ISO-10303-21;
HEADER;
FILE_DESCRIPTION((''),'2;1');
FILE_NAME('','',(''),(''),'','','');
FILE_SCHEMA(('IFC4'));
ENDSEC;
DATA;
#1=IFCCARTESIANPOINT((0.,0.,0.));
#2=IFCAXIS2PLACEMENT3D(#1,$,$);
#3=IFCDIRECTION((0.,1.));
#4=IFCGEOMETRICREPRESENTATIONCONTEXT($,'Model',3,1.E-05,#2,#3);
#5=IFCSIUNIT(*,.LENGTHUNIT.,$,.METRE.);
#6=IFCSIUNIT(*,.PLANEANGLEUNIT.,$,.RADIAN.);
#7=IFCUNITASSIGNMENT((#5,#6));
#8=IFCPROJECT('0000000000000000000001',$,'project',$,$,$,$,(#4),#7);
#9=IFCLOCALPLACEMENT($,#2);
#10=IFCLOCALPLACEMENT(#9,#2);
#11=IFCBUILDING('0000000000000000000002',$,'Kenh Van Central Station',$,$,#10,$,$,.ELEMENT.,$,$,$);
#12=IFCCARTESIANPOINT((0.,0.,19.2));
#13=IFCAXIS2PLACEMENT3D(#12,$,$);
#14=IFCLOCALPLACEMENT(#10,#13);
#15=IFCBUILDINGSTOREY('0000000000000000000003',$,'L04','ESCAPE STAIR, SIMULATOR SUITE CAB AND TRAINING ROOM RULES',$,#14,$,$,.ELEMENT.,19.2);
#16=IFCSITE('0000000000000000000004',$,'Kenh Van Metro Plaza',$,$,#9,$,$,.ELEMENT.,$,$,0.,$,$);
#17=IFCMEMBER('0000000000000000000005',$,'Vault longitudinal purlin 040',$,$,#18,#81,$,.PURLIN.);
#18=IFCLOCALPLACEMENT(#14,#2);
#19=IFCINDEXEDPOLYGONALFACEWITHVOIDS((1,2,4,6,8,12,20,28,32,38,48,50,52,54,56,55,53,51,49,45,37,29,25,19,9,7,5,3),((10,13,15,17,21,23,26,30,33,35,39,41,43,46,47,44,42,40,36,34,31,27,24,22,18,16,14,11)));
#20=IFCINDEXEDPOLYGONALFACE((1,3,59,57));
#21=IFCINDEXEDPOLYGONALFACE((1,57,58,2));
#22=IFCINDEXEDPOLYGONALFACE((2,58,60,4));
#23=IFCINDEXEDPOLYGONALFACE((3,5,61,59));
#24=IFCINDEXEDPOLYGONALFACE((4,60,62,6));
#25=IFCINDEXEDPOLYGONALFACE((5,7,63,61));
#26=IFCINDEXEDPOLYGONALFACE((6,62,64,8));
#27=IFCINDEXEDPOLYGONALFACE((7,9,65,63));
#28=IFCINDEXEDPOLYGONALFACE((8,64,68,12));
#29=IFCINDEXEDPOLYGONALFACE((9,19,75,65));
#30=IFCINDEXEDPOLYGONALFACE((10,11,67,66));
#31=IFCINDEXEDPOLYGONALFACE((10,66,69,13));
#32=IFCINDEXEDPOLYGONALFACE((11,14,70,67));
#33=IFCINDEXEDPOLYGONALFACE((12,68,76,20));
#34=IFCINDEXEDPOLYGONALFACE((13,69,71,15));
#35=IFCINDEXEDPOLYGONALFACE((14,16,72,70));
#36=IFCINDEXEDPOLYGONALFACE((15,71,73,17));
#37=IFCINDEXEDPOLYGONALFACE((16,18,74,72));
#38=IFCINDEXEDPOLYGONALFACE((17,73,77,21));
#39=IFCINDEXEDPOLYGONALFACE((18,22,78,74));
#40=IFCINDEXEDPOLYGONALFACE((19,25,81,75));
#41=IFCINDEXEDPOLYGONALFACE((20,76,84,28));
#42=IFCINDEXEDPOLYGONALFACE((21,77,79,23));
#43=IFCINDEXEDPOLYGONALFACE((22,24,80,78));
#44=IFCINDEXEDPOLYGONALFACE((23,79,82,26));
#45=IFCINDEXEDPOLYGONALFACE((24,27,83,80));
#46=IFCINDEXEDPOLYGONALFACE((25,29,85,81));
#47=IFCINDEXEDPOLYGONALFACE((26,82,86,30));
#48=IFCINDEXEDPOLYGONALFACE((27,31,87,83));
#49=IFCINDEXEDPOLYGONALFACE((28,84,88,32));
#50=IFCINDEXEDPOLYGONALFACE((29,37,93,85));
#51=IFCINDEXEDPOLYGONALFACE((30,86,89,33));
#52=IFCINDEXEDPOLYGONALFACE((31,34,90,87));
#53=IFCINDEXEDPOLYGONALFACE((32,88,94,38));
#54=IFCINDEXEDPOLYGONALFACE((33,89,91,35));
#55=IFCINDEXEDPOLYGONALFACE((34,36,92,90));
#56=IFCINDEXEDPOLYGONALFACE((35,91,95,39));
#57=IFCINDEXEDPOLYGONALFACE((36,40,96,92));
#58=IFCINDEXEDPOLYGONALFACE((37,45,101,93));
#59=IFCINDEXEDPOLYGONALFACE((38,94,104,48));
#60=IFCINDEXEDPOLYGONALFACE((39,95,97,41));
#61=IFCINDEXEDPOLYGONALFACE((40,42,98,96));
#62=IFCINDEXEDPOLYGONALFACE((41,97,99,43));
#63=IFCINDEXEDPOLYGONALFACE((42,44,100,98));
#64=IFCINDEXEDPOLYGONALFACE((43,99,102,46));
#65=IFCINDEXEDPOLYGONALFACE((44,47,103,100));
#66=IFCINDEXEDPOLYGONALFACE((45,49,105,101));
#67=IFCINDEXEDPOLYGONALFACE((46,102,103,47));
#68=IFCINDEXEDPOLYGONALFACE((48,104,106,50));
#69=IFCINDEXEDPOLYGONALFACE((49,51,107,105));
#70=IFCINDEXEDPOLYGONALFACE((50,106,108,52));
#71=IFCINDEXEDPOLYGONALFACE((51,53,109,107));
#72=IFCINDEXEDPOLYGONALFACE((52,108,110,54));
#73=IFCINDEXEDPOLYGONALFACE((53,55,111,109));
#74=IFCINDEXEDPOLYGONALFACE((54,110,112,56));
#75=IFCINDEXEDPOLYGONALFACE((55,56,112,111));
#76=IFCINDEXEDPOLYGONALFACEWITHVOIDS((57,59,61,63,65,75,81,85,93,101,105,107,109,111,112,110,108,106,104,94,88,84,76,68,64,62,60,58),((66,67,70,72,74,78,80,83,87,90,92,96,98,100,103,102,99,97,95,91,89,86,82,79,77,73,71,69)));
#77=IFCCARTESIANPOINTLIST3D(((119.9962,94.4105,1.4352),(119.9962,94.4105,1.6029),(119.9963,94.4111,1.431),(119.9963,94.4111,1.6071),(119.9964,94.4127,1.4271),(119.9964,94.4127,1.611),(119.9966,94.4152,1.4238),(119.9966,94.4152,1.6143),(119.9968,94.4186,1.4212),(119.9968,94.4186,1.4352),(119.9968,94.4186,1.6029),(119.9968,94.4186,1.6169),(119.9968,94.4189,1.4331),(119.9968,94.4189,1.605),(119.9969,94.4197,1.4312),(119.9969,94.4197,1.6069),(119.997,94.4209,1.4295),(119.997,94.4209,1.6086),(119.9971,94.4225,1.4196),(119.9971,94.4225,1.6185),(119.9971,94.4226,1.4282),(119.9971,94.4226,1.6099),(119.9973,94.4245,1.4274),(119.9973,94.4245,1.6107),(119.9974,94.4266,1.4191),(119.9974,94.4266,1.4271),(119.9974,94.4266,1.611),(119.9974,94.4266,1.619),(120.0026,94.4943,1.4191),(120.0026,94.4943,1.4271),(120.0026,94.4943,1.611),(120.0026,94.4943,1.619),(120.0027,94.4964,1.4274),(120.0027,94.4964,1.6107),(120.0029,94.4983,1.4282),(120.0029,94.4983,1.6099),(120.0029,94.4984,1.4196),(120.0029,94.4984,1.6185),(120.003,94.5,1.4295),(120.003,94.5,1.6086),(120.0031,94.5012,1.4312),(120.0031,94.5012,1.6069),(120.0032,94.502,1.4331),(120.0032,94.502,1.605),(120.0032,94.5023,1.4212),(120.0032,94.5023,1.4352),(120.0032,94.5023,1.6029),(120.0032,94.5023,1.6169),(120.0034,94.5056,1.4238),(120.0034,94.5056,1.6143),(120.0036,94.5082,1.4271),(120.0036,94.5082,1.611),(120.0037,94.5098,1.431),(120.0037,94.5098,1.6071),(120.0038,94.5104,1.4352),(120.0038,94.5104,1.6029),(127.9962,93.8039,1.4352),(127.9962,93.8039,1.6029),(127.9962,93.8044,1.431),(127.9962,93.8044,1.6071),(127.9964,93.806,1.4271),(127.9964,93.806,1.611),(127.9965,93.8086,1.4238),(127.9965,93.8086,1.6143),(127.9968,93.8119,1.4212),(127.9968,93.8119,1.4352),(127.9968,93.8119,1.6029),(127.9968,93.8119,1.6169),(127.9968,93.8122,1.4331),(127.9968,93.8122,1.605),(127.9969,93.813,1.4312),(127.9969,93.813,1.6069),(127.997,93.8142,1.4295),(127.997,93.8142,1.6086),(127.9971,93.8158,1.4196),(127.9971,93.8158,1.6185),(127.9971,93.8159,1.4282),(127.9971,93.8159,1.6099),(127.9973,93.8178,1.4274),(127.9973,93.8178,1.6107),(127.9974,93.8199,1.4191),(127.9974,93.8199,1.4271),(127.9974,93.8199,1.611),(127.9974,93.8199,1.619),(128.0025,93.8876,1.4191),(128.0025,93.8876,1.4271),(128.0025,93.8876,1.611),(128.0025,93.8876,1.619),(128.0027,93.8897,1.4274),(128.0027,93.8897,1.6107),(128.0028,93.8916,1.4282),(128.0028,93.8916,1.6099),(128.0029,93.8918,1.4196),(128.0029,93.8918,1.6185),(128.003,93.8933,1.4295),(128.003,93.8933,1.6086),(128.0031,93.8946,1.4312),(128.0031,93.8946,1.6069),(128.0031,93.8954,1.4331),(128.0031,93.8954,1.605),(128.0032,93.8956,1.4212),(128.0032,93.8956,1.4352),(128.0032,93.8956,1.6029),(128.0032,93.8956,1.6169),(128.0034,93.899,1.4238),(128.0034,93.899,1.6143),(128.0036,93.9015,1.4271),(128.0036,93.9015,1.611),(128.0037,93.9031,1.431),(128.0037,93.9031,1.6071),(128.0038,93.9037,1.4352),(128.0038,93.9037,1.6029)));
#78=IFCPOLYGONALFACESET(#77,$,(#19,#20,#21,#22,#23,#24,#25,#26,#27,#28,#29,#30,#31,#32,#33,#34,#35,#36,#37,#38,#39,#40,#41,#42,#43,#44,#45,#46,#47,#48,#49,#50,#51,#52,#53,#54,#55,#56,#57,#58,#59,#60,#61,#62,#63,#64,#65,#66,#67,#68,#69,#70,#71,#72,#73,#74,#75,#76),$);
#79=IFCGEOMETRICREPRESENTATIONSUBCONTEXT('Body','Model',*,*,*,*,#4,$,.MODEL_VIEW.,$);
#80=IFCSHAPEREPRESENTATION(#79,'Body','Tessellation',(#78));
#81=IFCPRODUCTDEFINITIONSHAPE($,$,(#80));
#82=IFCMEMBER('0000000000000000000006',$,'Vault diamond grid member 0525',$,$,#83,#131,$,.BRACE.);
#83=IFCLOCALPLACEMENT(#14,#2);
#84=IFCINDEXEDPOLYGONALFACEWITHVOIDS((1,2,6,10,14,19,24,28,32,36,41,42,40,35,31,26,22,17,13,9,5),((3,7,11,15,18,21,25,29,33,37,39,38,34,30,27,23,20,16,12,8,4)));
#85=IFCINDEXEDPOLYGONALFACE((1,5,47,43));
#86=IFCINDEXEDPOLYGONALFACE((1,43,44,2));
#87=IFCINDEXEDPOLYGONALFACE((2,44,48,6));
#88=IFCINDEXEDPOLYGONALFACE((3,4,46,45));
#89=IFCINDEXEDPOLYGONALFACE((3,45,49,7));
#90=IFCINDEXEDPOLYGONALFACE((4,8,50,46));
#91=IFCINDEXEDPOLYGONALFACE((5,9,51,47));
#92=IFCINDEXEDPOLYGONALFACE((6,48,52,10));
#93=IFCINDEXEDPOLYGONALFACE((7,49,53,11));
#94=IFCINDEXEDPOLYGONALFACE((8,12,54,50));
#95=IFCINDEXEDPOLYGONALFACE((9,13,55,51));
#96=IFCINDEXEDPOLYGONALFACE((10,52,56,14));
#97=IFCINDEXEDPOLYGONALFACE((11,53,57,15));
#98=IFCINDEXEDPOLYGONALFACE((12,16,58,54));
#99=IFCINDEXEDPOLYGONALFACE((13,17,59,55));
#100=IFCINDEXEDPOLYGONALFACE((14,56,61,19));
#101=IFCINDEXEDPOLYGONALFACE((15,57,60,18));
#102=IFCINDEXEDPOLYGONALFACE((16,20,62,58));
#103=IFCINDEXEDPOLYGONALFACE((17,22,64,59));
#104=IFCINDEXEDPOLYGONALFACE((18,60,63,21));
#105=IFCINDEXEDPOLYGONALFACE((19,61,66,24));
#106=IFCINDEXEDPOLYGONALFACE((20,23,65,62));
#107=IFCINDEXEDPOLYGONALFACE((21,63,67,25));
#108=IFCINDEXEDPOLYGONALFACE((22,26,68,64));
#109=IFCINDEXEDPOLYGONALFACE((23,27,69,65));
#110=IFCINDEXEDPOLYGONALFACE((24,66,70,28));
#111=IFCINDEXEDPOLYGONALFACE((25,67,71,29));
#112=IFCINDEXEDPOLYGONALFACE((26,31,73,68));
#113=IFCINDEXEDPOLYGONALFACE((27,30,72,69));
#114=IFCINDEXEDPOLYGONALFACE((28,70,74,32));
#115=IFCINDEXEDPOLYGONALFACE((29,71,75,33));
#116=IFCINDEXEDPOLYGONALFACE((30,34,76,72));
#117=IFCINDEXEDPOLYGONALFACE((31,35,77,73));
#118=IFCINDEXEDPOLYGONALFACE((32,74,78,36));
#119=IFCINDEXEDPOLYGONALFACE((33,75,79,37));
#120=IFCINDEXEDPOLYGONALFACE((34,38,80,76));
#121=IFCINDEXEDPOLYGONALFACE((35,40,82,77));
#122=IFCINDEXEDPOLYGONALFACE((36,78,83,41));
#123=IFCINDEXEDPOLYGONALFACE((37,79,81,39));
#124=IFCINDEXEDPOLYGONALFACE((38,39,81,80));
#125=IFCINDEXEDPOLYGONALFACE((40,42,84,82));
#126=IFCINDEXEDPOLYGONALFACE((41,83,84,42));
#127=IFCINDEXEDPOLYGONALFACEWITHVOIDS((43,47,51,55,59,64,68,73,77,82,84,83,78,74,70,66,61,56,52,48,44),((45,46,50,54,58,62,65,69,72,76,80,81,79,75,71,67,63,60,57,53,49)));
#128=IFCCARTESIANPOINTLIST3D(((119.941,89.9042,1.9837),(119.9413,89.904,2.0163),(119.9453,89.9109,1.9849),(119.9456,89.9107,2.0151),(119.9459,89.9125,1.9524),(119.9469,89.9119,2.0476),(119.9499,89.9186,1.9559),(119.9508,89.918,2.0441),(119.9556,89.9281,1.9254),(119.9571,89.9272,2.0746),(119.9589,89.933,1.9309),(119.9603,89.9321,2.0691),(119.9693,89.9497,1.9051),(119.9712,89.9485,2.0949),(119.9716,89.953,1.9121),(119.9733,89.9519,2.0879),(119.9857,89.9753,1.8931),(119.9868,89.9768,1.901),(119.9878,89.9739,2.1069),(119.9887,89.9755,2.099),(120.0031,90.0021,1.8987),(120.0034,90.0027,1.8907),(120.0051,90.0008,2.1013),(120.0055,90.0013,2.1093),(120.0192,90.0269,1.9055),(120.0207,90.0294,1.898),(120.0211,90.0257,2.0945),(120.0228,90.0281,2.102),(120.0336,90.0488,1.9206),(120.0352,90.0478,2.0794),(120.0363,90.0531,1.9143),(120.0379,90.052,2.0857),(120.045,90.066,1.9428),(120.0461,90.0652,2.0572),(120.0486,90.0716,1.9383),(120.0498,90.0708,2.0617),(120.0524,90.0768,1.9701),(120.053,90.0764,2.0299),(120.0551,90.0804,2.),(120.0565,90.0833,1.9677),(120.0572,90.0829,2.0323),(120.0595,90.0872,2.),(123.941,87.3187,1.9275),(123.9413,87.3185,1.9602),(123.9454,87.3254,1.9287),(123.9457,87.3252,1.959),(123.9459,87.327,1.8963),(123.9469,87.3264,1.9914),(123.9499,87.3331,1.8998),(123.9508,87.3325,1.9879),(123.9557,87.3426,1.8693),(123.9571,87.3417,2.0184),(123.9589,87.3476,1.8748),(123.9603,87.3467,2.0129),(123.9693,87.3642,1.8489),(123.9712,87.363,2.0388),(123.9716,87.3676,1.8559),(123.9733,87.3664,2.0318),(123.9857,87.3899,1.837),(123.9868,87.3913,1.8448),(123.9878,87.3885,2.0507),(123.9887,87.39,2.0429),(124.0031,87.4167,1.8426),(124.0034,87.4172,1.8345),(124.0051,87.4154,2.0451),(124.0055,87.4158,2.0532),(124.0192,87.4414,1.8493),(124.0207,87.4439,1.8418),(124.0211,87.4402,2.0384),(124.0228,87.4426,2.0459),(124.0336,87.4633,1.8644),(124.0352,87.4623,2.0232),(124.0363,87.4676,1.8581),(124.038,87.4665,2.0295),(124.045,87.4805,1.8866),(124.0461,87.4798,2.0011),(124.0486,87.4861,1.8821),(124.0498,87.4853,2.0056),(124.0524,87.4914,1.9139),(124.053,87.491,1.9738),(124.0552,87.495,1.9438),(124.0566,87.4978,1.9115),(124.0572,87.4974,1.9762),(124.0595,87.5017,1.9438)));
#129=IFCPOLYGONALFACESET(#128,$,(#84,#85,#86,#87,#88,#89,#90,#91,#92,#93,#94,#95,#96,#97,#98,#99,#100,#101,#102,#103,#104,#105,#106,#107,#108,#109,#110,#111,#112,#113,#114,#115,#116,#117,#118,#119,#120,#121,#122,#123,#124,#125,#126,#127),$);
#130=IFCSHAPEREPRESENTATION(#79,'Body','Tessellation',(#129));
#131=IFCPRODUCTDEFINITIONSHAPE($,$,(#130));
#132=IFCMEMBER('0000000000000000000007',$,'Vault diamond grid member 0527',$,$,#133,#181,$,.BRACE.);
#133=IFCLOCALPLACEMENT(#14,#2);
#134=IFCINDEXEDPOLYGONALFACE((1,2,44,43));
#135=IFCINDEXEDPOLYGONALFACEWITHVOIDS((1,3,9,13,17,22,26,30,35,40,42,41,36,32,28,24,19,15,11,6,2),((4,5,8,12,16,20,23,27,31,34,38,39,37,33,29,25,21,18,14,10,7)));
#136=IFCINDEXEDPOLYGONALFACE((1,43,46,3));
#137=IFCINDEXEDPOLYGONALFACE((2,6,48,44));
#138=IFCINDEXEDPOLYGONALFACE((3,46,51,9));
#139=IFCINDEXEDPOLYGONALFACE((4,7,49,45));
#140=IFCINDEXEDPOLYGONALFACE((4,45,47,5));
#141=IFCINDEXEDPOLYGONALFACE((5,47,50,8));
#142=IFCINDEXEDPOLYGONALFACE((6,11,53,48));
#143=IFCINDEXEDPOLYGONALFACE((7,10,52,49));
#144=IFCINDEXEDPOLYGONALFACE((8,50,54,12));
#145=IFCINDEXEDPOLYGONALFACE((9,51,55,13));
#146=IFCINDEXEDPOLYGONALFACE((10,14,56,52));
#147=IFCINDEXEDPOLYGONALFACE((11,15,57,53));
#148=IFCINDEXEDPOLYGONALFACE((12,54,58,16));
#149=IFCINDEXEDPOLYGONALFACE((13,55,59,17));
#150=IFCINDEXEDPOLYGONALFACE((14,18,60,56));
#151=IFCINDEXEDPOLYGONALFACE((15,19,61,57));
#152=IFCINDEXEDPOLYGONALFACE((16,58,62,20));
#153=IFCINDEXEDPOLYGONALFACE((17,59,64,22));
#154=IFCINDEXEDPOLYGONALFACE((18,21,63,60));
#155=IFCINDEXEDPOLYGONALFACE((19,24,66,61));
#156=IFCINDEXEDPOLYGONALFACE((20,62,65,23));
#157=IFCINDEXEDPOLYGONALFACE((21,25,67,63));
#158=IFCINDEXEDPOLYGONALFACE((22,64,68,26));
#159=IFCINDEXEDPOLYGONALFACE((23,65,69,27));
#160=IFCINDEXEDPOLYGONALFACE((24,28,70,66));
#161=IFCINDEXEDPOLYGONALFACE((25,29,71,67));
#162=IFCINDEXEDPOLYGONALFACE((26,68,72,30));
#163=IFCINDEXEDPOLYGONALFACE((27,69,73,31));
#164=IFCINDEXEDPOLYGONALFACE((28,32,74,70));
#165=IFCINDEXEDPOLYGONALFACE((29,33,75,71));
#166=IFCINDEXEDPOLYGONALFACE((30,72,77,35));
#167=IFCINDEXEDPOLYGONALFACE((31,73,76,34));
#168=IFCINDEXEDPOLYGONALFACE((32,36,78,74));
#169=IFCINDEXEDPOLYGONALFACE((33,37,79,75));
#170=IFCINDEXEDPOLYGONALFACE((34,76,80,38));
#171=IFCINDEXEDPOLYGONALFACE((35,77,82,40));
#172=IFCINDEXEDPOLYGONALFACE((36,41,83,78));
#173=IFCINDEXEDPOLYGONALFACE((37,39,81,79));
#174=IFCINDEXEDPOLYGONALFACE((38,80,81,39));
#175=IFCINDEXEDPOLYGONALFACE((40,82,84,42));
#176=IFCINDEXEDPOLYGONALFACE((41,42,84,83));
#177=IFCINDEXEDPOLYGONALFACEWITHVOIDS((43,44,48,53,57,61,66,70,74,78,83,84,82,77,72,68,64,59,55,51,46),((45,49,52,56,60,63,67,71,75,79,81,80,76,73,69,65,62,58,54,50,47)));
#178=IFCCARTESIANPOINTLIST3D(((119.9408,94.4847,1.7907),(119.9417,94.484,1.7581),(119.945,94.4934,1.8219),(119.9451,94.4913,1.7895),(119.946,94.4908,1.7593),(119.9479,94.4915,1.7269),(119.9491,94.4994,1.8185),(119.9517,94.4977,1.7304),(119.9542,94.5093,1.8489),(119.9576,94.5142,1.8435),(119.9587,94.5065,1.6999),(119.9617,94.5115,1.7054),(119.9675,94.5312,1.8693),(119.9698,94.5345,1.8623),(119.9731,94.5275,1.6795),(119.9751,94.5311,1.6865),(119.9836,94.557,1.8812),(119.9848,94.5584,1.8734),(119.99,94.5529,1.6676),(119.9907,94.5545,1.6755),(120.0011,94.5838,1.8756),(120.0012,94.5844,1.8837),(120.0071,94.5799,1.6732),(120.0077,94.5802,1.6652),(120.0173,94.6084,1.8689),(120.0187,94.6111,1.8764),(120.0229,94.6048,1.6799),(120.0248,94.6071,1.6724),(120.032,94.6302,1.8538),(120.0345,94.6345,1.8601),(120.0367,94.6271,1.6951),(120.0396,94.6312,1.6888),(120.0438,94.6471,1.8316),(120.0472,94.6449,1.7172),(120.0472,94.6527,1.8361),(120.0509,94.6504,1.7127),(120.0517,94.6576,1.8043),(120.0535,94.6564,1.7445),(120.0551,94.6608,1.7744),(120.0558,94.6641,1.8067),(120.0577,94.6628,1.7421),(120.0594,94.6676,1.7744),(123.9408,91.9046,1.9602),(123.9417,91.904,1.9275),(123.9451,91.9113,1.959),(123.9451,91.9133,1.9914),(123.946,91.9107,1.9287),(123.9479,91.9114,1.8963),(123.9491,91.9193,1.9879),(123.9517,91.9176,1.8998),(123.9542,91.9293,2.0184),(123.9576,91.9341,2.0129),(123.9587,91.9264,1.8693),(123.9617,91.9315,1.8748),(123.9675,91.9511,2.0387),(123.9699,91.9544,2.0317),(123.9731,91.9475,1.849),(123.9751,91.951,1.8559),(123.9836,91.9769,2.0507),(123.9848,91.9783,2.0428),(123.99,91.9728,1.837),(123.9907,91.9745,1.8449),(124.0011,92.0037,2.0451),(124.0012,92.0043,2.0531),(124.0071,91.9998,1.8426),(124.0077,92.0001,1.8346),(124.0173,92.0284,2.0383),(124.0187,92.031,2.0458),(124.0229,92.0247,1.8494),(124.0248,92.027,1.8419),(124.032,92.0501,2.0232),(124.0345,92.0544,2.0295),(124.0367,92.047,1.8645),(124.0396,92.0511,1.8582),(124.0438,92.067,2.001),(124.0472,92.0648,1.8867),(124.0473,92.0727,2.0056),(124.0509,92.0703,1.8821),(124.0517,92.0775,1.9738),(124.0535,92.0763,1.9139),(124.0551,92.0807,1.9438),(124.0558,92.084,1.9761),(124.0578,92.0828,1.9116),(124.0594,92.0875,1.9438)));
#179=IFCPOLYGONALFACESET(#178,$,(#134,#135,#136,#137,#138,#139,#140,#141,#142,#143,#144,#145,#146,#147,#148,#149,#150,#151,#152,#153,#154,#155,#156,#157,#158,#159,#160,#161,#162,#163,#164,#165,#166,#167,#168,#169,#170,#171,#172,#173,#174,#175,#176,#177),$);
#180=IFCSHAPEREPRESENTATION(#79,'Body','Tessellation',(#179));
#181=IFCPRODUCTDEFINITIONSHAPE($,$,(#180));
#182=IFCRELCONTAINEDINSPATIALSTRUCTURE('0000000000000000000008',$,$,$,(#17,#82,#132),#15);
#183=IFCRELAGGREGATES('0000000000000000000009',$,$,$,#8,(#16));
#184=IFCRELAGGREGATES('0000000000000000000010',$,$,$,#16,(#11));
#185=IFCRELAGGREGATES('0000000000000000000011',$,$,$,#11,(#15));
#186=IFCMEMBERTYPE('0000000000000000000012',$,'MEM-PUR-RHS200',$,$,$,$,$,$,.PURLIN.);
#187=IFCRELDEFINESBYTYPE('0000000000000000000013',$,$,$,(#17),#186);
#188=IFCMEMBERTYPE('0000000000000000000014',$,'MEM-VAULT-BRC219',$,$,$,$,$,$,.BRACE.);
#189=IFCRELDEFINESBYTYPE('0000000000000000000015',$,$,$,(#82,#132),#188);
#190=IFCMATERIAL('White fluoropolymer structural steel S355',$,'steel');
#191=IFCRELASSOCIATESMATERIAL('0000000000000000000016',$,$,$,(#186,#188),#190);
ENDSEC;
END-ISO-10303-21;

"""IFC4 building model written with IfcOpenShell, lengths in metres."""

from ifc_helpers import new_model, si_unit, direction, frame, origin, origin_2d, place, context, subcontext, project, spatial, hollow_rectangle, hollow_circle, extrude, material, material_profile, profile_set, type_object, element, save


model = new_model("IFC4")

# Units and contexts
model_context = context("Model", 3, precision=1e-05, world=origin(), true_north=direction((0.0, 1.0)))
body_context = subcontext(model_context, "Body", "Model", "MODEL_VIEW")
ifc_project = project(units=[si_unit("LENGTHUNIT", "METRE"), si_unit("PLANEANGLEUNIT", "RADIAN")], contexts=[model_context])

# Site, building, storey
site_placement = place(None, origin())
site = spatial("IfcSite", under=ifc_project, at=site_placement, Name="Kenh Van Metro Plaza", CompositionType="ELEMENT", RefElevation=0.0)
building_placement = place(site_placement, origin())
building = spatial("IfcBuilding", under=site, at=building_placement, Name="Kenh Van Central Station", CompositionType="ELEMENT")
storey_placement = place(building_placement, frame((0.0, 0.0, 19.2)))
storey = spatial("IfcBuildingStorey", under=building, at=storey_placement, Name="L04", Description="ESCAPE STAIR, SIMULATOR SUITE CAB AND TRAINING ROOM RULES", CompositionType="ELEMENT", Elevation=19.2)

# Shared definitions
ifc_material_1 = material(Name="White fluoropolymer structural steel S355", Category="steel")

# Members
ifc_material_profile_1 = material_profile(ifc_material_1, hollow_rectangle(XDim=0.1001, YDim=0.2, WallThickness=0.0081, InnerFilletRadius=0.0081, OuterFilletRadius=0.0161, at=origin_2d()), Name="RHS 200x100x8")
ifc_profile_set_1 = profile_set([ifc_material_profile_1], Name="White fluoropolymer structural steel S355")
member_type_1 = type_object("IfcMemberType", Name="MEM-PUR-RHS200", PredefinedType="PURLIN", material=ifc_profile_set_1)
member_1_placement = place(storey_placement, frame((120.0, 94.4604, 1.519), z_axis=(0.997137, -0.075619, 0.0), x_axis=(0.075619, 0.997137, 0.0)))
element("IfcMember", 1, at=member_1_placement, inside=storey, type_object=member_type_1, Name="Vault longitudinal purlin 040", PredefinedType="PURLIN", context=body_context, shape_type="SweptSolid", body=[
    extrude(hollow_rectangle(XDim=0.1001, YDim=0.2, WallThickness=0.0081, InnerFilletRadius=0.0081, OuterFilletRadius=0.0161, at=origin_2d()), origin(), (0.0, 0.0, 1.0), 8.0229),
])
ifc_material_profile_2 = material_profile(ifc_material_1, hollow_circle(Radius=0.1096, WallThickness=0.0081, at=origin_2d()), Name="CHS 219.1x8")
ifc_profile_set_2 = profile_set([ifc_material_profile_2], Name="White fluoropolymer structural steel S355")
member_type_2 = type_object("IfcMemberType", Name="MEM-VAULT-BRC219", PredefinedType="BRACE", material=ifc_profile_set_2)
member_2_placement = place(storey_placement, frame((120.0, 89.9951, 2.0), z_axis=(0.839778, -0.542801, -0.011789), x_axis=(0.542839, 0.839837, 0.0)))
element("IfcMember", 2, at=member_2_placement, inside=storey, type_object=member_type_2, Name="Vault diamond grid member 0525", PredefinedType="BRACE", context=body_context, shape_type="SweptSolid", body=[
    extrude(hollow_circle(Radius=0.1096, WallThickness=0.0081, at=origin_2d()), origin(), (0.0, 0.0, 1.0), 4.7632),
])
member_3_placement = place(storey_placement, frame((120.0, 94.5754, 1.7744), z_axis=(0.839819, -0.5417, 0.035573), x_axis=(0.542043, 0.840351, 0.0)))
element("IfcMember", 3, at=member_3_placement, inside=storey, type_object=member_type_2, Name="Vault diamond grid member 0527", PredefinedType="BRACE", context=body_context, shape_type="SweptSolid", body=[
    extrude(hollow_circle(Radius=0.1096, WallThickness=0.0081, at=origin_2d()), origin(), (0.0, 0.0, 1.0), 4.7629),
])

save(model, "model.ifc")
